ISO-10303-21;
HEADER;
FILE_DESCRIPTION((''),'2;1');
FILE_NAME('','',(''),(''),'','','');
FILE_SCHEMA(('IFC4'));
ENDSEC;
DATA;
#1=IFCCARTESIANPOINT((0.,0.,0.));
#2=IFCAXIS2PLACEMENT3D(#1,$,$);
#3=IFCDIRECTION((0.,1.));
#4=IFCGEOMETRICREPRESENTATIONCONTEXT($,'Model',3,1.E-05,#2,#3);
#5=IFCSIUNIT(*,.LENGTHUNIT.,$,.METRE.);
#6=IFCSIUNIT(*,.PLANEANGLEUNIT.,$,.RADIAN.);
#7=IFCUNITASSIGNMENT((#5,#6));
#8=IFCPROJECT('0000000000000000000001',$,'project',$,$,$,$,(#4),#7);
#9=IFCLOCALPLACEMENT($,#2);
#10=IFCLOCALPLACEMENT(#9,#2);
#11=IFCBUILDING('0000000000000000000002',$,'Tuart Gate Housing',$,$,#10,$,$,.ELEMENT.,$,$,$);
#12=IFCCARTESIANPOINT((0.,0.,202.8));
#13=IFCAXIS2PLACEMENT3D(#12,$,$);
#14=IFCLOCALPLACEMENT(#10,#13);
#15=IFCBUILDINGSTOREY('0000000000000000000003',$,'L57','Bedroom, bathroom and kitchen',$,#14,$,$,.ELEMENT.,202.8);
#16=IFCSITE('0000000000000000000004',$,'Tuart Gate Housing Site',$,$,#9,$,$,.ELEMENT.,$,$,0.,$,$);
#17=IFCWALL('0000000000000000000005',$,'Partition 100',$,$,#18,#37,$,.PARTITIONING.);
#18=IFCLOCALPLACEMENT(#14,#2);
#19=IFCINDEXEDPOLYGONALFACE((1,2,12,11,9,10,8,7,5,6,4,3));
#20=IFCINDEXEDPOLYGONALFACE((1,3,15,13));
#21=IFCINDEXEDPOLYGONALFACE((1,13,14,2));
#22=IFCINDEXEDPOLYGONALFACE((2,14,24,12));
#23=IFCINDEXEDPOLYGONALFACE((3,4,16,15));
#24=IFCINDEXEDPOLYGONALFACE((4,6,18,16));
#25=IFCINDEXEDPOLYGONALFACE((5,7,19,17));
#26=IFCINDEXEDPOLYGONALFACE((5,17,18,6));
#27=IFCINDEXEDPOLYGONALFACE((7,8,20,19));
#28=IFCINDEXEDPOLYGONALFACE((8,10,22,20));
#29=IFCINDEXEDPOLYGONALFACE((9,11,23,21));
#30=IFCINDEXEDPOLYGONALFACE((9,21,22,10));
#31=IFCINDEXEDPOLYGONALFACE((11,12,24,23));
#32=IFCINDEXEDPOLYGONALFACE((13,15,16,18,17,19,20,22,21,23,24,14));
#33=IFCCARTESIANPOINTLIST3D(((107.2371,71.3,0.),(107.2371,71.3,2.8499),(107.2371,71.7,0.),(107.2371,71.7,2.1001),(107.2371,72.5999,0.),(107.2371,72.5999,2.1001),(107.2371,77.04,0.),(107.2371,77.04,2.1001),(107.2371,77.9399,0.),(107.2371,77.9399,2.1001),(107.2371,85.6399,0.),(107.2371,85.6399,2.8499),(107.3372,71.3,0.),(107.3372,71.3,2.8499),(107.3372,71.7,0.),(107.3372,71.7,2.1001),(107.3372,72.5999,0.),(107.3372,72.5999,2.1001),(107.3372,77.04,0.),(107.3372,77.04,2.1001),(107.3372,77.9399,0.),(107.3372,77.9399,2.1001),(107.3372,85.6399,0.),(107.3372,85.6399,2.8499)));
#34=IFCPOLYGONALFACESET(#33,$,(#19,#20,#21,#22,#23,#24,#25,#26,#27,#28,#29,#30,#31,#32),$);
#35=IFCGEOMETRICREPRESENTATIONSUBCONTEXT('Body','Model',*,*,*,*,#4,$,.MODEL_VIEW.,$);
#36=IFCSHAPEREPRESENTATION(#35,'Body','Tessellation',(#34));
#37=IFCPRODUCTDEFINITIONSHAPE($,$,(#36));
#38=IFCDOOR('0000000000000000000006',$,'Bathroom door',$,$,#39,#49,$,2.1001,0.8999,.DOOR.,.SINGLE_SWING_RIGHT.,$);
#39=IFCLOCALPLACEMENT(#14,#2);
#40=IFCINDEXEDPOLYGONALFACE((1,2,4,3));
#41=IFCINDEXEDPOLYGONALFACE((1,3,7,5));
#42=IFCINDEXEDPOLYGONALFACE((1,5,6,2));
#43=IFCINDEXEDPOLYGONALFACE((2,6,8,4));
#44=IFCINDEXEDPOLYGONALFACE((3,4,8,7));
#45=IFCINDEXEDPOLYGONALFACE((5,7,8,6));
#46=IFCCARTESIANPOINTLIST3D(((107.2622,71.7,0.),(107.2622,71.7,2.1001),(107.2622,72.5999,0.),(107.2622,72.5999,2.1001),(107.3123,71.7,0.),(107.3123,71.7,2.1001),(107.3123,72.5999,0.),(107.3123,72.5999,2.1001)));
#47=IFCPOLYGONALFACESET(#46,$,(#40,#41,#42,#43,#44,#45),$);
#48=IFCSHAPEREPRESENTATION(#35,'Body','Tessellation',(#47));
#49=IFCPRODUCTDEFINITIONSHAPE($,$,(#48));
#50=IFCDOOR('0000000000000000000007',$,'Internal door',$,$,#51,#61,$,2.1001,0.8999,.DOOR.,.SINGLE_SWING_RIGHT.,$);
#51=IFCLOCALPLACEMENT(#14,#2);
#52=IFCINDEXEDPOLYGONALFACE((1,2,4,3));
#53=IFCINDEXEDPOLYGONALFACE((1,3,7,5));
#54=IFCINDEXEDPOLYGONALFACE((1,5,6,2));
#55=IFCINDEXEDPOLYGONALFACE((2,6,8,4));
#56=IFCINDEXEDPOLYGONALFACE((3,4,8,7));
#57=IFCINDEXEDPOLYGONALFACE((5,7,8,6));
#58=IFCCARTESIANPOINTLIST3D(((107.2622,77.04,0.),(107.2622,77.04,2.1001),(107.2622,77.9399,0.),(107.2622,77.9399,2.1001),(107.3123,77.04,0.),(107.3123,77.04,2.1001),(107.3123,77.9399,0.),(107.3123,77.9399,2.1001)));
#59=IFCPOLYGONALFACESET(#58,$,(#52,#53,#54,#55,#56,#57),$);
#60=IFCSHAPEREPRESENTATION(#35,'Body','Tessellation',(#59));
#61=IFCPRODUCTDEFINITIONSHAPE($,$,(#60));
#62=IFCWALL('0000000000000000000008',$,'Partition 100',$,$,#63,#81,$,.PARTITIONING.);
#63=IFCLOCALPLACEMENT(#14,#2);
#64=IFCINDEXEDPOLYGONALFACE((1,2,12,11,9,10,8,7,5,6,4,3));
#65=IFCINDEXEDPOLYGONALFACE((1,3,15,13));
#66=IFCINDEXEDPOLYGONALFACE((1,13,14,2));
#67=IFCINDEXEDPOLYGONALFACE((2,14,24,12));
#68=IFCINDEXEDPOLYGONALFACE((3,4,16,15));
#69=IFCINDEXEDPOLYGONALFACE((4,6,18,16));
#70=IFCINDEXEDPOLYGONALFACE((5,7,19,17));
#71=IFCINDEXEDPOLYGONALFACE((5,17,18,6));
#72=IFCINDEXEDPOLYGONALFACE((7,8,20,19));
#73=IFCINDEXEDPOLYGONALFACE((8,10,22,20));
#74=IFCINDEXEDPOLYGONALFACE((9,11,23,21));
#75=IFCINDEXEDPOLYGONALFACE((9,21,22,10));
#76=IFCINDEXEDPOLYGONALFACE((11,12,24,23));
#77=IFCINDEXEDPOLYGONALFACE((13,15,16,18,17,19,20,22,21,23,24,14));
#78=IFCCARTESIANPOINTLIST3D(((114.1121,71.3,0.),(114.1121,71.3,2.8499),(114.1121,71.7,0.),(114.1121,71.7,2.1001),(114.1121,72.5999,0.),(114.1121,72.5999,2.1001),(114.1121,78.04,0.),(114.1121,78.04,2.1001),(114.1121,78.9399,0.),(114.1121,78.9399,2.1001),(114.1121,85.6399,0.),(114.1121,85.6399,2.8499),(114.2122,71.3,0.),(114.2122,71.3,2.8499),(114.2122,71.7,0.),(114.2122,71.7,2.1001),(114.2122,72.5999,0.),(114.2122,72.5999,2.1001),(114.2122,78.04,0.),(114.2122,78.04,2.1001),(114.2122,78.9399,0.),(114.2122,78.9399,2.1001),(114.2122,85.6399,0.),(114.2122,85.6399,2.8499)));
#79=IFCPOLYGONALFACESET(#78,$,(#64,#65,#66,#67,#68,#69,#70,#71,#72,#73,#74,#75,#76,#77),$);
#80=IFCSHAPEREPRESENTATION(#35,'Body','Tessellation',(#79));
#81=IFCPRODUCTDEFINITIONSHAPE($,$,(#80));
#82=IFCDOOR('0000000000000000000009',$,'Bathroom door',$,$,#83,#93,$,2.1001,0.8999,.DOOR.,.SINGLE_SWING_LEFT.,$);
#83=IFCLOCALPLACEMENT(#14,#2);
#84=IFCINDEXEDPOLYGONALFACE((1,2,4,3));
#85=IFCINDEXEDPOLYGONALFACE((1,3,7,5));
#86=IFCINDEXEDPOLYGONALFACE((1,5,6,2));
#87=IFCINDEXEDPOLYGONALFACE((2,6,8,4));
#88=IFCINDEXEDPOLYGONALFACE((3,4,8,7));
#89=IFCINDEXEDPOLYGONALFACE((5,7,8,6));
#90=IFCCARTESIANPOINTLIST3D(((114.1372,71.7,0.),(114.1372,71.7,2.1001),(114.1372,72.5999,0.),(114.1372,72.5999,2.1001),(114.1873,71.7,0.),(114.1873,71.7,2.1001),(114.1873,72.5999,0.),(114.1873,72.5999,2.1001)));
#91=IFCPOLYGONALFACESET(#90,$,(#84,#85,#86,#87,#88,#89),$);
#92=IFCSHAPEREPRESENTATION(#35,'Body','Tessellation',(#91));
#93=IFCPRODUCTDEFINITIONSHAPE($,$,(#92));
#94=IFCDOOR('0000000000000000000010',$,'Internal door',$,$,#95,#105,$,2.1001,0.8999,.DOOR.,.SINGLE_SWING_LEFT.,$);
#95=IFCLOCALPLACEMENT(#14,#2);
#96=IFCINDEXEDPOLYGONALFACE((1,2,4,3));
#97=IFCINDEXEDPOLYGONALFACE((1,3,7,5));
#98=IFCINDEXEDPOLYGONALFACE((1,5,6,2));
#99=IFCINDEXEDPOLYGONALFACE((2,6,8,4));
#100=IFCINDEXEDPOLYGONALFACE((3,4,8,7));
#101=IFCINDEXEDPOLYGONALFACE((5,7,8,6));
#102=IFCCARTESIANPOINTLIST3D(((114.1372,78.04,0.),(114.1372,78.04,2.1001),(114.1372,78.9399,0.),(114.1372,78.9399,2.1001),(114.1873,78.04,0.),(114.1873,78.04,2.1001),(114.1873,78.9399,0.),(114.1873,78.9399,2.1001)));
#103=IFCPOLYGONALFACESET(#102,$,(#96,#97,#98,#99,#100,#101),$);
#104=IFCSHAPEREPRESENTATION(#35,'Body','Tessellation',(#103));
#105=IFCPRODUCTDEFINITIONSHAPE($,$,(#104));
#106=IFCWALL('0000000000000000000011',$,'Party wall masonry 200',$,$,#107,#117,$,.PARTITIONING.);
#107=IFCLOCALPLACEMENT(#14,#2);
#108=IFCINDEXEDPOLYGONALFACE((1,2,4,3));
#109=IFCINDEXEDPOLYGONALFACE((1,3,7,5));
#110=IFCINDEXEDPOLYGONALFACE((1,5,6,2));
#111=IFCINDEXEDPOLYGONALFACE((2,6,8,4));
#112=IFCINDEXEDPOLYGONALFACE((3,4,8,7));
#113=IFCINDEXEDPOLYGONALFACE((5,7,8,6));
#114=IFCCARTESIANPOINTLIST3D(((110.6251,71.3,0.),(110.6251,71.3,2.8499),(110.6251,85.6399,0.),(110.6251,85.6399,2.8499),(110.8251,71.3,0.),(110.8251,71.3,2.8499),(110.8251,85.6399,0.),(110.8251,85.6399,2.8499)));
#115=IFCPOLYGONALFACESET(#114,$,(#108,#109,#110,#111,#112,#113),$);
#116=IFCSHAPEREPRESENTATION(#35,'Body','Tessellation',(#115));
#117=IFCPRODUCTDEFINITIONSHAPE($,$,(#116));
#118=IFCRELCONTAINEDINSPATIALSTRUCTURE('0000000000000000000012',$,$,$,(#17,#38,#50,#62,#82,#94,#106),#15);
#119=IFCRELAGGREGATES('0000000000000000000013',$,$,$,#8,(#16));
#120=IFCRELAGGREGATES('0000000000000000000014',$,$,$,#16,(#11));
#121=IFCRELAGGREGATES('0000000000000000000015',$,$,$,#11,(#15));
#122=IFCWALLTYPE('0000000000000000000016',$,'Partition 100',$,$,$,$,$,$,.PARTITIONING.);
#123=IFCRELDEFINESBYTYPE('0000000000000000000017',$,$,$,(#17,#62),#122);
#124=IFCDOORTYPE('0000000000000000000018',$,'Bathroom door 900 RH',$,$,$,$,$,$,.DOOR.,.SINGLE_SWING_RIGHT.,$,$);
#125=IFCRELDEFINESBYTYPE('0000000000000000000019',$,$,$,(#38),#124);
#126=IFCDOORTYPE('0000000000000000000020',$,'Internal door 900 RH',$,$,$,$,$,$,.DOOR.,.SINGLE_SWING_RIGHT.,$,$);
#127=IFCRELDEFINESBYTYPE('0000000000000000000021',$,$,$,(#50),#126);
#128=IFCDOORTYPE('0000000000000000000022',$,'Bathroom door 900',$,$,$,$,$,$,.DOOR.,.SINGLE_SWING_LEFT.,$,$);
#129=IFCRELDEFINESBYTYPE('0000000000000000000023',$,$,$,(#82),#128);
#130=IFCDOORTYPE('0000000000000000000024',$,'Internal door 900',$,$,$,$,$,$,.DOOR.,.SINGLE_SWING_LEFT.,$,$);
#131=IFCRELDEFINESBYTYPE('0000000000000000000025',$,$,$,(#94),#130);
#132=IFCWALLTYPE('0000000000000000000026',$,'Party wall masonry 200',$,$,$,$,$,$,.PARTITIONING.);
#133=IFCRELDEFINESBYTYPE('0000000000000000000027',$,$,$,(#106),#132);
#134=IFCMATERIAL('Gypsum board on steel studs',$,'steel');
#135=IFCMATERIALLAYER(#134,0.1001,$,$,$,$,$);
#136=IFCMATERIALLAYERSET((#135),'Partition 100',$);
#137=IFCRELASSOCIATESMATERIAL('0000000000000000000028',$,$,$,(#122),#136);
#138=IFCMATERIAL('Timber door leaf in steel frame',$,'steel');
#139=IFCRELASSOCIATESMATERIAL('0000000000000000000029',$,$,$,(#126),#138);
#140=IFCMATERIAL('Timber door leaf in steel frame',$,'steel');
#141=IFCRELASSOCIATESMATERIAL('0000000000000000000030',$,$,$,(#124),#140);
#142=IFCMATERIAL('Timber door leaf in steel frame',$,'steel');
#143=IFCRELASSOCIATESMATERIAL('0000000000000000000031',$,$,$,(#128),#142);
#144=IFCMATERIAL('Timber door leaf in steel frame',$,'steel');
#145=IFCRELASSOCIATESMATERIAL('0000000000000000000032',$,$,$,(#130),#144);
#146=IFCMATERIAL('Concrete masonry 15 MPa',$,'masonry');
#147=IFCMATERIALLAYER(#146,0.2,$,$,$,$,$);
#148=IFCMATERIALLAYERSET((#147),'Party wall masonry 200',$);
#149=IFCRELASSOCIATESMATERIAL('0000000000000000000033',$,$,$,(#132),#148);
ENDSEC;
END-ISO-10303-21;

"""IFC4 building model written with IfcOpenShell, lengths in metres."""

from ifc_helpers import new_model, si_unit, direction, frame, frame_2d, origin, place, context, subcontext, project, spatial, rectangle, extrude, material, layer, layer_set, type_object, element, fill, save


model = new_model("IFC4")

# Units and contexts
model_context = context("Model", 3, precision=1e-05, world=origin(), true_north=direction((0.0, 1.0)))
body_context = subcontext(model_context, "Body", "Model", "MODEL_VIEW")
ifc_project = project(units=[si_unit("LENGTHUNIT", "METRE"), si_unit("PLANEANGLEUNIT", "RADIAN")], contexts=[model_context])

# Site, building, storey
site_placement = place(None, origin())
site = spatial("IfcSite", under=ifc_project, at=site_placement, Name="Tuart Gate Housing Site", CompositionType="ELEMENT", RefElevation=0.0)
building_placement = place(site_placement, origin())
building = spatial("IfcBuilding", under=site, at=building_placement, Name="Tuart Gate Housing", CompositionType="ELEMENT")
storey_placement = place(building_placement, frame((0.0, 0.0, 202.8)))
storey = spatial("IfcBuildingStorey", under=building, at=storey_placement, Name="L57", Description="Bedroom, bathroom and kitchen", CompositionType="ELEMENT", Elevation=202.8)

# Shared definitions
ifc_material_1 = material(Name="Gypsum board on steel studs", Category="steel")
ifc_layer_1 = layer(ifc_material_1, 0.1001)
ifc_layer_set_1 = layer_set([ifc_layer_1], Name="Partition 100")
wall_type_1 = type_object("IfcWallType", Name="Partition 100", PredefinedType="PARTITIONING", material=ifc_layer_set_1)

# Walls, openings, doors
ifc_material_2 = material(Name="Timber door leaf in steel frame", Category="steel")
door_type_1 = type_object("IfcDoorType", Name="Internal door 900 RH", OperationType="SINGLE_SWING_RIGHT", PredefinedType="DOOR", material=ifc_material_2)
wall_1_placement = place(storey_placement, frame((107.2871, 71.3, 0.0), z_axis=(0.0, 0.0, 1.0), x_axis=(0.0, 1.0, 0.0)))
wall_1 = element("IfcWall", 1, at=wall_1_placement, inside=storey, type_object=wall_type_1, Name="Partition 100", PredefinedType="PARTITIONING", context=body_context, shape_type="SweptSolid", body=[
    extrude(rectangle(XDim=14.3398, YDim=0.1001, at=frame_2d((7.1699, 0.0))), origin(), (0.0, 0.0, 1.0), 2.8499),
])
opening_1_placement = place(wall_1_placement, frame((5.74, 0.0, 0.0)))
opening_1 = element("IfcOpeningElement", 2, at=opening_1_placement, cuts=wall_1, PredefinedType="OPENING", context=body_context, shape_type="SweptSolid", body=[
    extrude(rectangle(XDim=0.8999, YDim=2.1001, at=frame_2d((0.45, 1.05))), frame((0.0, 0.0601, 0.0), z_axis=(0.0, -1.0, 0.0), x_axis=(1.0, 0.0, 0.0)), (0.0, 0.0, 1.0), 0.1201),
])
opening_2_placement = place(wall_1_placement, frame((0.3999, 0.0, 0.0)))
opening_2 = element("IfcOpeningElement", 3, at=opening_2_placement, cuts=wall_1, PredefinedType="OPENING", context=body_context, shape_type="SweptSolid", body=[
    extrude(rectangle(XDim=0.8999, YDim=2.1001, at=frame_2d((0.45, 1.05))), frame((0.0, 0.0601, 0.0), z_axis=(0.0, -1.0, 0.0), x_axis=(1.0, 0.0, 0.0)), (0.0, 0.0, 1.0), 0.1201),
])
ifc_material_3 = material(Name="Timber door leaf in steel frame", Category="steel")
door_type_2 = type_object("IfcDoorType", Name="Bathroom door 900 RH", OperationType="SINGLE_SWING_RIGHT", PredefinedType="DOOR", material=ifc_material_3)
door_1_placement = place(opening_2_placement, frame((0.8999, 0.0, 0.0), z_axis=(0.0, 0.0, 1.0), x_axis=(-1.0, 0.0, 0.0)))
door_1 = element("IfcDoor", 4, at=door_1_placement, inside=storey, type_object=door_type_2, Name="Bathroom door", OperationType="SINGLE_SWING_RIGHT", OverallHeight=2.1001, OverallWidth=0.8999, PredefinedType="DOOR", context=body_context, shape_type="SweptSolid", body=[
    extrude(rectangle(XDim=0.8999, YDim=2.1001, at=frame_2d((0.45, 1.05))), frame((0.0, 0.0251, 0.0), z_axis=(0.0, -1.0, 0.0), x_axis=(1.0, 0.0, 0.0)), (0.0, 0.0, 1.0), 0.05),
])
fill(opening_2, door_1)
door_2_placement = place(opening_1_placement, frame((0.8999, 0.0, 0.0), z_axis=(0.0, 0.0, 1.0), x_axis=(-1.0, 0.0, 0.0)))
door_2 = element("IfcDoor", 5, at=door_2_placement, inside=storey, type_object=door_type_1, Name="Internal door", OperationType="SINGLE_SWING_RIGHT", OverallHeight=2.1001, OverallWidth=0.8999, PredefinedType="DOOR", context=body_context, shape_type="SweptSolid", body=[
    extrude(rectangle(XDim=0.8999, YDim=2.1001, at=frame_2d((0.45, 1.05))), frame((0.0, 0.0251, 0.0), z_axis=(0.0, -1.0, 0.0), x_axis=(1.0, 0.0, 0.0)), (0.0, 0.0, 1.0), 0.05),
])
fill(opening_1, door_2)
wall_2_placement = place(storey_placement, frame((114.1621, 71.3, 0.0), z_axis=(0.0, 0.0, 1.0), x_axis=(0.0, 1.0, 0.0)))
wall_2 = element("IfcWall", 6, at=wall_2_placement, inside=storey, type_object=wall_type_1, Name="Partition 100", PredefinedType="PARTITIONING", context=body_context, shape_type="SweptSolid", body=[
    extrude(rectangle(XDim=14.3398, YDim=0.1001, at=frame_2d((7.1699, 0.0))), origin(), (0.0, 0.0, 1.0), 2.8499),
])
opening_3_placement = place(wall_2_placement, frame((6.74, 0.0, 0.0)))
opening_3 = element("IfcOpeningElement", 7, at=opening_3_placement, cuts=wall_2, PredefinedType="OPENING", context=body_context, shape_type="SweptSolid", body=[
    extrude(rectangle(XDim=0.8999, YDim=2.1001, at=frame_2d((0.45, 1.05))), frame((0.0, 0.0601, 0.0), z_axis=(0.0, -1.0, 0.0), x_axis=(1.0, 0.0, 0.0)), (0.0, 0.0, 1.0), 0.1201),
])
opening_4_placement = place(wall_2_placement, frame((0.3999, 0.0, 0.0)))
opening_4 = element("IfcOpeningElement", 8, at=opening_4_placement, cuts=wall_2, PredefinedType="OPENING", context=body_context, shape_type="SweptSolid", body=[
    extrude(rectangle(XDim=0.8999, YDim=2.1001, at=frame_2d((0.45, 1.05))), frame((0.0, 0.0601, 0.0), z_axis=(0.0, -1.0, 0.0), x_axis=(1.0, 0.0, 0.0)), (0.0, 0.0, 1.0), 0.1201),
])
ifc_material_4 = material(Name="Timber door leaf in steel frame", Category="steel")
door_type_3 = type_object("IfcDoorType", Name="Bathroom door 900", OperationType="SINGLE_SWING_LEFT", PredefinedType="DOOR", material=ifc_material_4)
door_3_placement = place(opening_4_placement, origin())
door_3 = element("IfcDoor", 9, at=door_3_placement, inside=storey, type_object=door_type_3, Name="Bathroom door", OperationType="SINGLE_SWING_LEFT", OverallHeight=2.1001, OverallWidth=0.8999, PredefinedType="DOOR", context=body_context, shape_type="SweptSolid", body=[
    extrude(rectangle(XDim=0.8999, YDim=2.1001, at=frame_2d((0.45, 1.05))), frame((0.0, 0.0249, 0.0), z_axis=(0.0, -1.0, 0.0), x_axis=(1.0, 0.0, 0.0)), (0.0, 0.0, 1.0), 0.05),
])
fill(opening_4, door_3)
ifc_material_5 = material(Name="Timber door leaf in steel frame", Category="steel")
door_type_4 = type_object("IfcDoorType", Name="Internal door 900", OperationType="SINGLE_SWING_LEFT", PredefinedType="DOOR", material=ifc_material_5)
door_4_placement = place(opening_3_placement, origin())
door_4 = element("IfcDoor", 10, at=door_4_placement, inside=storey, type_object=door_type_4, Name="Internal door", OperationType="SINGLE_SWING_LEFT", OverallHeight=2.1001, OverallWidth=0.8999, PredefinedType="DOOR", context=body_context, shape_type="SweptSolid", body=[
    extrude(rectangle(XDim=0.8999, YDim=2.1001, at=frame_2d((0.45, 1.05))), frame((0.0, 0.0249, 0.0), z_axis=(0.0, -1.0, 0.0), x_axis=(1.0, 0.0, 0.0)), (0.0, 0.0, 1.0), 0.05),
])
fill(opening_3, door_4)

# Wall
ifc_material_6 = material(Name="Concrete masonry 15 MPa", Category="masonry")
ifc_layer_2 = layer(ifc_material_6, 0.2)
ifc_layer_set_2 = layer_set([ifc_layer_2], Name="Party wall masonry 200")
wall_type_2 = type_object("IfcWallType", Name="Party wall masonry 200", PredefinedType="PARTITIONING", material=ifc_layer_set_2)
wall_3_placement = place(storey_placement, frame((110.7251, 71.3, 0.0), z_axis=(0.0, 0.0, 1.0), x_axis=(0.0, 1.0, 0.0)))
element("IfcWall", 11, at=wall_3_placement, inside=storey, type_object=wall_type_2, Name="Party wall masonry 200", PredefinedType="PARTITIONING", context=body_context, shape_type="SweptSolid", body=[
    extrude(rectangle(XDim=14.3398, YDim=0.2, at=frame_2d((7.1699, 0.0))), origin(), (0.0, 0.0, 1.0), 2.8499),
])

save(model, "model.ifc")
